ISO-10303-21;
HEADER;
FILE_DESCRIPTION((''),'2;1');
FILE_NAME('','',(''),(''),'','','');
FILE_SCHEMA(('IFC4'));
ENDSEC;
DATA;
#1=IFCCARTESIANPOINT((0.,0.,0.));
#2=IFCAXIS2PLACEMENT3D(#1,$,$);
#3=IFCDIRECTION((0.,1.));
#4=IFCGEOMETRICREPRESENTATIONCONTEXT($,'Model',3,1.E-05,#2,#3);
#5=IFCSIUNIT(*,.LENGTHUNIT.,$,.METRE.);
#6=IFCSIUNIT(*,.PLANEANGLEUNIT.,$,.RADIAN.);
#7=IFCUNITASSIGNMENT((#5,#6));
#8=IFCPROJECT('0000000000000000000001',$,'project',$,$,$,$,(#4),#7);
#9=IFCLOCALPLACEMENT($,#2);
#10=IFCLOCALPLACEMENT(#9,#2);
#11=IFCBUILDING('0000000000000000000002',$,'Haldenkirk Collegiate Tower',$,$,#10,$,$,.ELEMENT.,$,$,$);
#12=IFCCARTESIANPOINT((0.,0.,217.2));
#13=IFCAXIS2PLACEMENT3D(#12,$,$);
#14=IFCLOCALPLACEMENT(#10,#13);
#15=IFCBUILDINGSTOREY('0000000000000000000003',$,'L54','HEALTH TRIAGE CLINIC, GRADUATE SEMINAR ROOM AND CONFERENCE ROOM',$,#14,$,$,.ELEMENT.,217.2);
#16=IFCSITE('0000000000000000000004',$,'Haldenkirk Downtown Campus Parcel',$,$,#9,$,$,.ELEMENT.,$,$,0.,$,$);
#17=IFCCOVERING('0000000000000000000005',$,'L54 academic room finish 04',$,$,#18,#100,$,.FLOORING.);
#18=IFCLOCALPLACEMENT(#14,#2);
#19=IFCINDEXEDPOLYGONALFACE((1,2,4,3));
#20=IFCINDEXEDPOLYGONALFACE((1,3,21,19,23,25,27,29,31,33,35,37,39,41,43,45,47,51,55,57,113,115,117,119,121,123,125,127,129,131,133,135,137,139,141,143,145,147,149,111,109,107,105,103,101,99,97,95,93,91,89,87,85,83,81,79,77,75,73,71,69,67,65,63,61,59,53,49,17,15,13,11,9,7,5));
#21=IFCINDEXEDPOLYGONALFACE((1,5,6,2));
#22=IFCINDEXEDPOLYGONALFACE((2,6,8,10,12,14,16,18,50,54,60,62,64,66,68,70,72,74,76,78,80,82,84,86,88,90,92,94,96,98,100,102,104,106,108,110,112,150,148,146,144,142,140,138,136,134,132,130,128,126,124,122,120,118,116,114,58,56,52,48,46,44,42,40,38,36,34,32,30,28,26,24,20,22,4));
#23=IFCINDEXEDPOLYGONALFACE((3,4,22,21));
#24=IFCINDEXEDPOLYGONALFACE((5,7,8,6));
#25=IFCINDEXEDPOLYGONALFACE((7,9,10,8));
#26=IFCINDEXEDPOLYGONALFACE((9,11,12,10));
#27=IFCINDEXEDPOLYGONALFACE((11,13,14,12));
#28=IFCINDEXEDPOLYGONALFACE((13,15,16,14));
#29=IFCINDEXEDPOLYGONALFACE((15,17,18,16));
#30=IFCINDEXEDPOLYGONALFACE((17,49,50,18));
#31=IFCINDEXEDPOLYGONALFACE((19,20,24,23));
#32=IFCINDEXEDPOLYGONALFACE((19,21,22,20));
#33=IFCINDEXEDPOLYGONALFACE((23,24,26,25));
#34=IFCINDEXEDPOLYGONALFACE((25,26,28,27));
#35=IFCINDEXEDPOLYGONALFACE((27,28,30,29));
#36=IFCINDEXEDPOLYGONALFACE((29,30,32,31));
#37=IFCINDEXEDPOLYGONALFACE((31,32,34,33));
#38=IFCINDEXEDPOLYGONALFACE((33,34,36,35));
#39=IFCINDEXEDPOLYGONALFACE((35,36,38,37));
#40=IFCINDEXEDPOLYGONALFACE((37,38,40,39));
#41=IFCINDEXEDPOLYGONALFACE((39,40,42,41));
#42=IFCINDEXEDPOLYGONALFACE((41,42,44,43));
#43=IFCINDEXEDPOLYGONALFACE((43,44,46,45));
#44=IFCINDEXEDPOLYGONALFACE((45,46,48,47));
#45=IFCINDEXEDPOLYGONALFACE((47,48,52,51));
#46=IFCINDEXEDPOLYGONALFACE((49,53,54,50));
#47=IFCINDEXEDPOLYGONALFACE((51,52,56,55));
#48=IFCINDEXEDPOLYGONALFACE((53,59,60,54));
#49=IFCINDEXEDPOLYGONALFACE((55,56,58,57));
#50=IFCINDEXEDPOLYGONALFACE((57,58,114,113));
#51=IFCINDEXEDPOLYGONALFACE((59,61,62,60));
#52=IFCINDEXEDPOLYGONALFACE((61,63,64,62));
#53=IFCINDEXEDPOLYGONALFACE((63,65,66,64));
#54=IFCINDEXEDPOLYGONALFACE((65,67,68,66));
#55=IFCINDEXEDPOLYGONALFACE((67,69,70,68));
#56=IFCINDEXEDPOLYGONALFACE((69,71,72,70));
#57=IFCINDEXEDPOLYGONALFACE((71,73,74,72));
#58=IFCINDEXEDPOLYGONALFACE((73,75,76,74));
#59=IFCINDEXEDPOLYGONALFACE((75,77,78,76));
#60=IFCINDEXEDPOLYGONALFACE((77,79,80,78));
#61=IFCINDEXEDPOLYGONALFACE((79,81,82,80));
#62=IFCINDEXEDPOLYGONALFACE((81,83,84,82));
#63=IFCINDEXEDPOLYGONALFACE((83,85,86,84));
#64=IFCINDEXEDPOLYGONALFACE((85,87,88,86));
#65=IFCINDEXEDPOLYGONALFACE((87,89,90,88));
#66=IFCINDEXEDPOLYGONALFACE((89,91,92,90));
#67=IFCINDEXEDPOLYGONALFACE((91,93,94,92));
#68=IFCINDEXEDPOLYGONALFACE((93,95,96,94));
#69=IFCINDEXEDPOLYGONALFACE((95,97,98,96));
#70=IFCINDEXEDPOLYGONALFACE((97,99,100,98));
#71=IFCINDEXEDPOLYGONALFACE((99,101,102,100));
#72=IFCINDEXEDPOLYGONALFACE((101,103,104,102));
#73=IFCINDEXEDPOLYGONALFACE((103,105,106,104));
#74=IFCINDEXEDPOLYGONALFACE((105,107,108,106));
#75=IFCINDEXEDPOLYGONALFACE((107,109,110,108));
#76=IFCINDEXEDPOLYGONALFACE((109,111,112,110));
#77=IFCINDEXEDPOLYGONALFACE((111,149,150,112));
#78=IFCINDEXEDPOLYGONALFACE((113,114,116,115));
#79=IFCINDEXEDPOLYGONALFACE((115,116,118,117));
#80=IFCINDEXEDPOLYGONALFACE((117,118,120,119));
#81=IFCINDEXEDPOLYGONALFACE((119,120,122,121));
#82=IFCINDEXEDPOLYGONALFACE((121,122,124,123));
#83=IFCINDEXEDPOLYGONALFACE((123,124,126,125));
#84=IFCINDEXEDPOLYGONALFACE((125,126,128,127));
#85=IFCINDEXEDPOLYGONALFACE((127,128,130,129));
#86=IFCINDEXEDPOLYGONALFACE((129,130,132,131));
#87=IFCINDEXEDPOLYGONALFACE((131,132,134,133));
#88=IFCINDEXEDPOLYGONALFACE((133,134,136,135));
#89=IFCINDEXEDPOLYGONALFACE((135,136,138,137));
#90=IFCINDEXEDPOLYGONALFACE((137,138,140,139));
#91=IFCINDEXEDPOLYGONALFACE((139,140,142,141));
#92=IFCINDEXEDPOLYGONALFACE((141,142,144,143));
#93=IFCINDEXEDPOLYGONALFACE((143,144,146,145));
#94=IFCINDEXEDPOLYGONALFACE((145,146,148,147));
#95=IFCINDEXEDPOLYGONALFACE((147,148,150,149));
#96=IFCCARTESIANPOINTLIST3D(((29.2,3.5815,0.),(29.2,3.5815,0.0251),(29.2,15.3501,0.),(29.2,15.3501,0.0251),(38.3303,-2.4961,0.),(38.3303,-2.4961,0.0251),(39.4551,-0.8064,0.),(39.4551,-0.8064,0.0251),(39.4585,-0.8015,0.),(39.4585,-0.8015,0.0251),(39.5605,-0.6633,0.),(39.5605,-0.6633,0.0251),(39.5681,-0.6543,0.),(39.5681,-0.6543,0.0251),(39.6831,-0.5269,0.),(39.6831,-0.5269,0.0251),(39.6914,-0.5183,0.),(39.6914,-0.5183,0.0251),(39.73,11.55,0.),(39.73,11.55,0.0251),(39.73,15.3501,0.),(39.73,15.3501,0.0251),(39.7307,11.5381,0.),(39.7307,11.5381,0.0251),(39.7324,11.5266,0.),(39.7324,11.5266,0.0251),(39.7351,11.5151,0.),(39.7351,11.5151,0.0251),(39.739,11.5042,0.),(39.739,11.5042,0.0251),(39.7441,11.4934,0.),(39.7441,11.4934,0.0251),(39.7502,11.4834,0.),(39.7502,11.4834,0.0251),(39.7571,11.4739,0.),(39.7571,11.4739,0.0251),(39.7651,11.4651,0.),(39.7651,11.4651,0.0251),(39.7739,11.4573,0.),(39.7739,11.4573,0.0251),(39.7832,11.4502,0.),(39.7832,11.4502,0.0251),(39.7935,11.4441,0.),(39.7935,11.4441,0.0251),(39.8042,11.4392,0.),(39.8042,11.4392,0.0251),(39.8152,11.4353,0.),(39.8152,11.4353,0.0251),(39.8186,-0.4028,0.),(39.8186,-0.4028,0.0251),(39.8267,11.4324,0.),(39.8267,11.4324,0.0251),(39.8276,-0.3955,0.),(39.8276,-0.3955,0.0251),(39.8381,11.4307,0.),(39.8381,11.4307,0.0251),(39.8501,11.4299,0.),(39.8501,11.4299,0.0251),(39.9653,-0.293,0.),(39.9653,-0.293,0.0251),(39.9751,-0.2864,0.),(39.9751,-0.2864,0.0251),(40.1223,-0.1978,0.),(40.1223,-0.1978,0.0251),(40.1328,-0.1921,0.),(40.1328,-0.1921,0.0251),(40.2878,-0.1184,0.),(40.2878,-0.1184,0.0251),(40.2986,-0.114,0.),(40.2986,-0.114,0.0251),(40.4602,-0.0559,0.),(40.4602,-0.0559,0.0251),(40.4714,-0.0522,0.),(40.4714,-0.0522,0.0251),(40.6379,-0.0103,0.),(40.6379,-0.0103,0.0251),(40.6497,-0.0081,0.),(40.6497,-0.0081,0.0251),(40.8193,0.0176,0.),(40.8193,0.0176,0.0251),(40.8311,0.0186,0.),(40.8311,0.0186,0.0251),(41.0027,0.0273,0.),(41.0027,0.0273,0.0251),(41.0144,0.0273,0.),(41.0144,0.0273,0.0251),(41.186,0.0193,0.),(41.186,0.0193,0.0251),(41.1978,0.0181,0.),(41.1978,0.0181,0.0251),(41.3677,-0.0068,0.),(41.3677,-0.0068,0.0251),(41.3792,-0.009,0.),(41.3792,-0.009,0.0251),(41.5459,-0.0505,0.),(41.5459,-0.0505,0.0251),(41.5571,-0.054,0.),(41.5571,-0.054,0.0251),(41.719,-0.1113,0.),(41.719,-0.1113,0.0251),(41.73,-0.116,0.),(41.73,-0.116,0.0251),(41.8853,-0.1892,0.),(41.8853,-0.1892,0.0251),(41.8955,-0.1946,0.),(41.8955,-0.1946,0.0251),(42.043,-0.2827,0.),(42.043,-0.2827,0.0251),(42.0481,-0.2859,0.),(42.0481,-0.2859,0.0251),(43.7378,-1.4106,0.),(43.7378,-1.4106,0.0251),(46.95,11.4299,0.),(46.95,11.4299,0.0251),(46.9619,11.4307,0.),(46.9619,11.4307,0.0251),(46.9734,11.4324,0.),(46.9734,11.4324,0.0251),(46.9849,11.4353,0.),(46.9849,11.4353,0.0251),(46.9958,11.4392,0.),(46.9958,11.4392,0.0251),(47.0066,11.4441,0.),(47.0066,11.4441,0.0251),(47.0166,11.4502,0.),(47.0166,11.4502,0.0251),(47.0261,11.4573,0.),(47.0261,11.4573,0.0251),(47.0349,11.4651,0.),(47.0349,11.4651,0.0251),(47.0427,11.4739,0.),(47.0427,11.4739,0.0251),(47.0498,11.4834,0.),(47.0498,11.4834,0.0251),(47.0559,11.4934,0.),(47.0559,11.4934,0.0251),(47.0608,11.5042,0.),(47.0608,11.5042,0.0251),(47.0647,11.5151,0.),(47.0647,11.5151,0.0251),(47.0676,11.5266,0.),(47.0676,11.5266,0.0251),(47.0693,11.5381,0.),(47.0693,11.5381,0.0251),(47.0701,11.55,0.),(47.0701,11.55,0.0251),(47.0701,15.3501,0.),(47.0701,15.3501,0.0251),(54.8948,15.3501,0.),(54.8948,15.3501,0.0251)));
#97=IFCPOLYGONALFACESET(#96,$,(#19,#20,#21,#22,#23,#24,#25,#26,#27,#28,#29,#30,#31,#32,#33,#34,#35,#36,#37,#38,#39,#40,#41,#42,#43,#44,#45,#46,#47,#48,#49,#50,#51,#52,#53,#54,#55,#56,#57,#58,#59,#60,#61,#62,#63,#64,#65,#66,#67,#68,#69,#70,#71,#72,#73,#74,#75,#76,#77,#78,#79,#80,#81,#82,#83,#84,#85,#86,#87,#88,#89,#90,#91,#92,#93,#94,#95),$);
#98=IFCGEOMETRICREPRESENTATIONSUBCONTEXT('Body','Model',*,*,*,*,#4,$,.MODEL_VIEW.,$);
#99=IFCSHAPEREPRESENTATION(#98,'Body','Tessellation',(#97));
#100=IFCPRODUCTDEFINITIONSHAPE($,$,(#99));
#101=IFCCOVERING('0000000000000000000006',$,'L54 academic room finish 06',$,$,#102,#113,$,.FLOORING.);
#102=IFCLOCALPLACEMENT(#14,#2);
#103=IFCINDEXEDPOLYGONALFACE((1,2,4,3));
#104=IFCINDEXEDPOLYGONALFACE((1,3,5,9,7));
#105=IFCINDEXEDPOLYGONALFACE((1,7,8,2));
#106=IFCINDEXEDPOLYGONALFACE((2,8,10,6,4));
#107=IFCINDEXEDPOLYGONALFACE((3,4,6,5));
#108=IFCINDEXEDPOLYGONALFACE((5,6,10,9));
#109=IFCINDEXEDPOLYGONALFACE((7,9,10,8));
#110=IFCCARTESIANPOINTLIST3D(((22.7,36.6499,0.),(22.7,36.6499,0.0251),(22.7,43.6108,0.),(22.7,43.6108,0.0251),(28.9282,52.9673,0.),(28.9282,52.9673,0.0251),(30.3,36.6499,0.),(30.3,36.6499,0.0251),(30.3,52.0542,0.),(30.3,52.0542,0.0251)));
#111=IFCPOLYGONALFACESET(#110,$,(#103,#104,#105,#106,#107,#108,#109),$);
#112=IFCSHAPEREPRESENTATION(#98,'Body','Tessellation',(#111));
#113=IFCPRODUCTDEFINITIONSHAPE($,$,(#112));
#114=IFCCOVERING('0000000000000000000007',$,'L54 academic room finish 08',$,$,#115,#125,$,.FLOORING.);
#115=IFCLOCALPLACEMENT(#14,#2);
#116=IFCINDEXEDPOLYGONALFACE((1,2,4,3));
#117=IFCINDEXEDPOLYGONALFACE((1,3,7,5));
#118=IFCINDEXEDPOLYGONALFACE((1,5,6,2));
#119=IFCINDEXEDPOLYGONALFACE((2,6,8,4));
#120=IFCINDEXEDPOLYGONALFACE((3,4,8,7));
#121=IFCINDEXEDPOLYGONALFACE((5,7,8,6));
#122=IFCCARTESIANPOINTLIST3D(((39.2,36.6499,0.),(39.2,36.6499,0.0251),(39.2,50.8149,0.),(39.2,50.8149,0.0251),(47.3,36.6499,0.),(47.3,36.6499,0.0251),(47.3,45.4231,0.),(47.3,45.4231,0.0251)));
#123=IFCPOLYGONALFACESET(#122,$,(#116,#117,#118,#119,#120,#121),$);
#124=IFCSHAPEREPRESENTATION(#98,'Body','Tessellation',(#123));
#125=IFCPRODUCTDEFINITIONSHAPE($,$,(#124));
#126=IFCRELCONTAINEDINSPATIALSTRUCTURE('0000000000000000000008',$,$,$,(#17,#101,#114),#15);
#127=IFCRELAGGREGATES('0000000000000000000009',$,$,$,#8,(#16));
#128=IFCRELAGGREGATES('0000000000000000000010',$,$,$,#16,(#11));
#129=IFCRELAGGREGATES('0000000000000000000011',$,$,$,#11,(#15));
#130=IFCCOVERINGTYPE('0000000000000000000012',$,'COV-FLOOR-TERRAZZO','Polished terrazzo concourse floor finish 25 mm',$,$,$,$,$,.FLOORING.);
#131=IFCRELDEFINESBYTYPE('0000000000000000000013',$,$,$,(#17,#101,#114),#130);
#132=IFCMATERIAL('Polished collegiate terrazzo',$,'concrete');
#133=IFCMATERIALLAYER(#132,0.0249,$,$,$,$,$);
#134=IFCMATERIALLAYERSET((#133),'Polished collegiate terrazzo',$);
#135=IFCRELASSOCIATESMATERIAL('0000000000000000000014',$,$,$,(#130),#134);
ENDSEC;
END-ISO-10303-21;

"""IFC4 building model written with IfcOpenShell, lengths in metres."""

from ifc_helpers import new_model, si_unit, direction, frame, origin, place, context, subcontext, project, spatial, polyline, outline, extrude, material, layer, layer_set, type_object, element, save


model = new_model("IFC4")

# Units and contexts
model_context = context("Model", 3, precision=1e-05, world=origin(), true_north=direction((0.0, 1.0)))
body_context = subcontext(model_context, "Body", "Model", "MODEL_VIEW")
ifc_project = project(units=[si_unit("LENGTHUNIT", "METRE"), si_unit("PLANEANGLEUNIT", "RADIAN")], contexts=[model_context])

# Site, building, storey
site_placement = place(None, origin())
site = spatial("IfcSite", under=ifc_project, at=site_placement, Name="Haldenkirk Downtown Campus Parcel", CompositionType="ELEMENT", RefElevation=0.0)
building_placement = place(site_placement, origin())
building = spatial("IfcBuilding", under=site, at=building_placement, Name="Haldenkirk Collegiate Tower", CompositionType="ELEMENT")
storey_placement = place(building_placement, frame((0.0, 0.0, 217.2)))
storey = spatial("IfcBuildingStorey", under=building, at=storey_placement, Name="L54", Description="HEALTH TRIAGE CLINIC, GRADUATE SEMINAR ROOM AND CONFERENCE ROOM", CompositionType="ELEMENT", Elevation=217.2)

# Coverings
ifc_material_1 = material(Name="Polished collegiate terrazzo", Category="concrete")
ifc_layer_1 = layer(ifc_material_1, 0.0249)
ifc_layer_set_1 = layer_set([ifc_layer_1], Name="Polished collegiate terrazzo")
covering_type_1 = type_object("IfcCoveringType", Name="COV-FLOOR-TERRAZZO", Description="Polished terrazzo concourse floor finish 25 mm", PredefinedType="FLOORING", material=ifc_layer_set_1)
covering_1_placement = place(storey_placement, origin())
element("IfcCovering", 1, at=covering_1_placement, inside=storey, type_object=covering_type_1, Name="L54 academic room finish 04", PredefinedType="FLOORING", context=body_context, shape_type="SweptSolid", body=[
    extrude(outline(polyline([(41.1978, 0.0181), (41.186, 0.0193), (41.0144, 0.0273), (41.0027, 0.0273), (40.8311, 0.0186), (40.8193, 0.0176), (40.6497, -0.0081), (40.6379, -0.0103), (40.4714, -0.0522), (40.4602, -0.0559), (40.2986, -0.114), (40.2878, -0.1184), (40.1328, -0.1921), (40.1223, -0.1978), (39.9751, -0.2864), (39.9653, -0.293), (39.8276, -0.3955), (39.8186, -0.4028), (39.6914, -0.5183), (39.6831, -0.5269), (39.5681, -0.6543), (39.5605, -0.6633), (39.4585, -0.8015), (39.4551, -0.8064), (38.3303, -2.4961), (29.2, 3.5815), (29.2, 15.3501), (39.73, 15.3501), (39.73, 11.55), (39.7307, 11.5381), (39.7324, 11.5266), (39.7351, 11.5151), (39.739, 11.5042), (39.7441, 11.4934), (39.7502, 11.4834), (39.7571, 11.4739), (39.7651, 11.4651), (39.7739, 11.4573), (39.7832, 11.4502), (39.7935, 11.4441), (39.8042, 11.4392), (39.8152, 11.4353), (39.8267, 11.4324), (39.8381, 11.4307), (39.8501, 11.4299), (46.95, 11.4299), (46.9619, 11.4307), (46.9734, 11.4324), (46.9849, 11.4353), (46.9958, 11.4392), (47.0066, 11.4441), (47.0166, 11.4502), (47.0261, 11.4573), (47.0349, 11.4651), (47.0427, 11.4739), (47.0498, 11.4834), (47.0559, 11.4934), (47.0608, 11.5042), (47.0647, 11.5151), (47.0676, 11.5266), (47.0693, 11.5381), (47.0701, 11.55), (47.0701, 15.3501), (54.8948, 15.3501), (43.7378, -1.4106), (42.0481, -0.2859), (42.043, -0.2827), (41.8955, -0.1946), (41.8853, -0.1892), (41.73, -0.116), (41.719, -0.1113), (41.5571, -0.054), (41.5459, -0.0505), (41.3792, -0.009), (41.3677, -0.0068), (41.1978, 0.0181)])), origin(), (0.0, 0.0, 1.0), 0.0251),
])
covering_2_placement = place(storey_placement, origin())
element("IfcCovering", 2, at=covering_2_placement, inside=storey, type_object=covering_type_1, Name="L54 academic room finish 06", PredefinedType="FLOORING", context=body_context, shape_type="SweptSolid", body=[
    extrude(outline(polyline([(30.3, 52.0542), (30.3, 36.6499), (22.7, 36.6499), (22.7, 43.6108), (28.9282, 52.9673), (30.3, 52.0542)])), origin(), (0.0, 0.0, 1.0), 0.0251),
])
covering_3_placement = place(storey_placement, origin())
element("IfcCovering", 3, at=covering_3_placement, inside=storey, type_object=covering_type_1, Name="L54 academic room finish 08", PredefinedType="FLOORING", context=body_context, shape_type="SweptSolid", body=[
    extrude(outline(polyline([(47.3, 45.4231), (47.3, 36.6499), (39.2, 36.6499), (39.2, 50.8149), (47.3, 45.4231)])), origin(), (0.0, 0.0, 1.0), 0.0251),
])

save(model, "model.ifc")
